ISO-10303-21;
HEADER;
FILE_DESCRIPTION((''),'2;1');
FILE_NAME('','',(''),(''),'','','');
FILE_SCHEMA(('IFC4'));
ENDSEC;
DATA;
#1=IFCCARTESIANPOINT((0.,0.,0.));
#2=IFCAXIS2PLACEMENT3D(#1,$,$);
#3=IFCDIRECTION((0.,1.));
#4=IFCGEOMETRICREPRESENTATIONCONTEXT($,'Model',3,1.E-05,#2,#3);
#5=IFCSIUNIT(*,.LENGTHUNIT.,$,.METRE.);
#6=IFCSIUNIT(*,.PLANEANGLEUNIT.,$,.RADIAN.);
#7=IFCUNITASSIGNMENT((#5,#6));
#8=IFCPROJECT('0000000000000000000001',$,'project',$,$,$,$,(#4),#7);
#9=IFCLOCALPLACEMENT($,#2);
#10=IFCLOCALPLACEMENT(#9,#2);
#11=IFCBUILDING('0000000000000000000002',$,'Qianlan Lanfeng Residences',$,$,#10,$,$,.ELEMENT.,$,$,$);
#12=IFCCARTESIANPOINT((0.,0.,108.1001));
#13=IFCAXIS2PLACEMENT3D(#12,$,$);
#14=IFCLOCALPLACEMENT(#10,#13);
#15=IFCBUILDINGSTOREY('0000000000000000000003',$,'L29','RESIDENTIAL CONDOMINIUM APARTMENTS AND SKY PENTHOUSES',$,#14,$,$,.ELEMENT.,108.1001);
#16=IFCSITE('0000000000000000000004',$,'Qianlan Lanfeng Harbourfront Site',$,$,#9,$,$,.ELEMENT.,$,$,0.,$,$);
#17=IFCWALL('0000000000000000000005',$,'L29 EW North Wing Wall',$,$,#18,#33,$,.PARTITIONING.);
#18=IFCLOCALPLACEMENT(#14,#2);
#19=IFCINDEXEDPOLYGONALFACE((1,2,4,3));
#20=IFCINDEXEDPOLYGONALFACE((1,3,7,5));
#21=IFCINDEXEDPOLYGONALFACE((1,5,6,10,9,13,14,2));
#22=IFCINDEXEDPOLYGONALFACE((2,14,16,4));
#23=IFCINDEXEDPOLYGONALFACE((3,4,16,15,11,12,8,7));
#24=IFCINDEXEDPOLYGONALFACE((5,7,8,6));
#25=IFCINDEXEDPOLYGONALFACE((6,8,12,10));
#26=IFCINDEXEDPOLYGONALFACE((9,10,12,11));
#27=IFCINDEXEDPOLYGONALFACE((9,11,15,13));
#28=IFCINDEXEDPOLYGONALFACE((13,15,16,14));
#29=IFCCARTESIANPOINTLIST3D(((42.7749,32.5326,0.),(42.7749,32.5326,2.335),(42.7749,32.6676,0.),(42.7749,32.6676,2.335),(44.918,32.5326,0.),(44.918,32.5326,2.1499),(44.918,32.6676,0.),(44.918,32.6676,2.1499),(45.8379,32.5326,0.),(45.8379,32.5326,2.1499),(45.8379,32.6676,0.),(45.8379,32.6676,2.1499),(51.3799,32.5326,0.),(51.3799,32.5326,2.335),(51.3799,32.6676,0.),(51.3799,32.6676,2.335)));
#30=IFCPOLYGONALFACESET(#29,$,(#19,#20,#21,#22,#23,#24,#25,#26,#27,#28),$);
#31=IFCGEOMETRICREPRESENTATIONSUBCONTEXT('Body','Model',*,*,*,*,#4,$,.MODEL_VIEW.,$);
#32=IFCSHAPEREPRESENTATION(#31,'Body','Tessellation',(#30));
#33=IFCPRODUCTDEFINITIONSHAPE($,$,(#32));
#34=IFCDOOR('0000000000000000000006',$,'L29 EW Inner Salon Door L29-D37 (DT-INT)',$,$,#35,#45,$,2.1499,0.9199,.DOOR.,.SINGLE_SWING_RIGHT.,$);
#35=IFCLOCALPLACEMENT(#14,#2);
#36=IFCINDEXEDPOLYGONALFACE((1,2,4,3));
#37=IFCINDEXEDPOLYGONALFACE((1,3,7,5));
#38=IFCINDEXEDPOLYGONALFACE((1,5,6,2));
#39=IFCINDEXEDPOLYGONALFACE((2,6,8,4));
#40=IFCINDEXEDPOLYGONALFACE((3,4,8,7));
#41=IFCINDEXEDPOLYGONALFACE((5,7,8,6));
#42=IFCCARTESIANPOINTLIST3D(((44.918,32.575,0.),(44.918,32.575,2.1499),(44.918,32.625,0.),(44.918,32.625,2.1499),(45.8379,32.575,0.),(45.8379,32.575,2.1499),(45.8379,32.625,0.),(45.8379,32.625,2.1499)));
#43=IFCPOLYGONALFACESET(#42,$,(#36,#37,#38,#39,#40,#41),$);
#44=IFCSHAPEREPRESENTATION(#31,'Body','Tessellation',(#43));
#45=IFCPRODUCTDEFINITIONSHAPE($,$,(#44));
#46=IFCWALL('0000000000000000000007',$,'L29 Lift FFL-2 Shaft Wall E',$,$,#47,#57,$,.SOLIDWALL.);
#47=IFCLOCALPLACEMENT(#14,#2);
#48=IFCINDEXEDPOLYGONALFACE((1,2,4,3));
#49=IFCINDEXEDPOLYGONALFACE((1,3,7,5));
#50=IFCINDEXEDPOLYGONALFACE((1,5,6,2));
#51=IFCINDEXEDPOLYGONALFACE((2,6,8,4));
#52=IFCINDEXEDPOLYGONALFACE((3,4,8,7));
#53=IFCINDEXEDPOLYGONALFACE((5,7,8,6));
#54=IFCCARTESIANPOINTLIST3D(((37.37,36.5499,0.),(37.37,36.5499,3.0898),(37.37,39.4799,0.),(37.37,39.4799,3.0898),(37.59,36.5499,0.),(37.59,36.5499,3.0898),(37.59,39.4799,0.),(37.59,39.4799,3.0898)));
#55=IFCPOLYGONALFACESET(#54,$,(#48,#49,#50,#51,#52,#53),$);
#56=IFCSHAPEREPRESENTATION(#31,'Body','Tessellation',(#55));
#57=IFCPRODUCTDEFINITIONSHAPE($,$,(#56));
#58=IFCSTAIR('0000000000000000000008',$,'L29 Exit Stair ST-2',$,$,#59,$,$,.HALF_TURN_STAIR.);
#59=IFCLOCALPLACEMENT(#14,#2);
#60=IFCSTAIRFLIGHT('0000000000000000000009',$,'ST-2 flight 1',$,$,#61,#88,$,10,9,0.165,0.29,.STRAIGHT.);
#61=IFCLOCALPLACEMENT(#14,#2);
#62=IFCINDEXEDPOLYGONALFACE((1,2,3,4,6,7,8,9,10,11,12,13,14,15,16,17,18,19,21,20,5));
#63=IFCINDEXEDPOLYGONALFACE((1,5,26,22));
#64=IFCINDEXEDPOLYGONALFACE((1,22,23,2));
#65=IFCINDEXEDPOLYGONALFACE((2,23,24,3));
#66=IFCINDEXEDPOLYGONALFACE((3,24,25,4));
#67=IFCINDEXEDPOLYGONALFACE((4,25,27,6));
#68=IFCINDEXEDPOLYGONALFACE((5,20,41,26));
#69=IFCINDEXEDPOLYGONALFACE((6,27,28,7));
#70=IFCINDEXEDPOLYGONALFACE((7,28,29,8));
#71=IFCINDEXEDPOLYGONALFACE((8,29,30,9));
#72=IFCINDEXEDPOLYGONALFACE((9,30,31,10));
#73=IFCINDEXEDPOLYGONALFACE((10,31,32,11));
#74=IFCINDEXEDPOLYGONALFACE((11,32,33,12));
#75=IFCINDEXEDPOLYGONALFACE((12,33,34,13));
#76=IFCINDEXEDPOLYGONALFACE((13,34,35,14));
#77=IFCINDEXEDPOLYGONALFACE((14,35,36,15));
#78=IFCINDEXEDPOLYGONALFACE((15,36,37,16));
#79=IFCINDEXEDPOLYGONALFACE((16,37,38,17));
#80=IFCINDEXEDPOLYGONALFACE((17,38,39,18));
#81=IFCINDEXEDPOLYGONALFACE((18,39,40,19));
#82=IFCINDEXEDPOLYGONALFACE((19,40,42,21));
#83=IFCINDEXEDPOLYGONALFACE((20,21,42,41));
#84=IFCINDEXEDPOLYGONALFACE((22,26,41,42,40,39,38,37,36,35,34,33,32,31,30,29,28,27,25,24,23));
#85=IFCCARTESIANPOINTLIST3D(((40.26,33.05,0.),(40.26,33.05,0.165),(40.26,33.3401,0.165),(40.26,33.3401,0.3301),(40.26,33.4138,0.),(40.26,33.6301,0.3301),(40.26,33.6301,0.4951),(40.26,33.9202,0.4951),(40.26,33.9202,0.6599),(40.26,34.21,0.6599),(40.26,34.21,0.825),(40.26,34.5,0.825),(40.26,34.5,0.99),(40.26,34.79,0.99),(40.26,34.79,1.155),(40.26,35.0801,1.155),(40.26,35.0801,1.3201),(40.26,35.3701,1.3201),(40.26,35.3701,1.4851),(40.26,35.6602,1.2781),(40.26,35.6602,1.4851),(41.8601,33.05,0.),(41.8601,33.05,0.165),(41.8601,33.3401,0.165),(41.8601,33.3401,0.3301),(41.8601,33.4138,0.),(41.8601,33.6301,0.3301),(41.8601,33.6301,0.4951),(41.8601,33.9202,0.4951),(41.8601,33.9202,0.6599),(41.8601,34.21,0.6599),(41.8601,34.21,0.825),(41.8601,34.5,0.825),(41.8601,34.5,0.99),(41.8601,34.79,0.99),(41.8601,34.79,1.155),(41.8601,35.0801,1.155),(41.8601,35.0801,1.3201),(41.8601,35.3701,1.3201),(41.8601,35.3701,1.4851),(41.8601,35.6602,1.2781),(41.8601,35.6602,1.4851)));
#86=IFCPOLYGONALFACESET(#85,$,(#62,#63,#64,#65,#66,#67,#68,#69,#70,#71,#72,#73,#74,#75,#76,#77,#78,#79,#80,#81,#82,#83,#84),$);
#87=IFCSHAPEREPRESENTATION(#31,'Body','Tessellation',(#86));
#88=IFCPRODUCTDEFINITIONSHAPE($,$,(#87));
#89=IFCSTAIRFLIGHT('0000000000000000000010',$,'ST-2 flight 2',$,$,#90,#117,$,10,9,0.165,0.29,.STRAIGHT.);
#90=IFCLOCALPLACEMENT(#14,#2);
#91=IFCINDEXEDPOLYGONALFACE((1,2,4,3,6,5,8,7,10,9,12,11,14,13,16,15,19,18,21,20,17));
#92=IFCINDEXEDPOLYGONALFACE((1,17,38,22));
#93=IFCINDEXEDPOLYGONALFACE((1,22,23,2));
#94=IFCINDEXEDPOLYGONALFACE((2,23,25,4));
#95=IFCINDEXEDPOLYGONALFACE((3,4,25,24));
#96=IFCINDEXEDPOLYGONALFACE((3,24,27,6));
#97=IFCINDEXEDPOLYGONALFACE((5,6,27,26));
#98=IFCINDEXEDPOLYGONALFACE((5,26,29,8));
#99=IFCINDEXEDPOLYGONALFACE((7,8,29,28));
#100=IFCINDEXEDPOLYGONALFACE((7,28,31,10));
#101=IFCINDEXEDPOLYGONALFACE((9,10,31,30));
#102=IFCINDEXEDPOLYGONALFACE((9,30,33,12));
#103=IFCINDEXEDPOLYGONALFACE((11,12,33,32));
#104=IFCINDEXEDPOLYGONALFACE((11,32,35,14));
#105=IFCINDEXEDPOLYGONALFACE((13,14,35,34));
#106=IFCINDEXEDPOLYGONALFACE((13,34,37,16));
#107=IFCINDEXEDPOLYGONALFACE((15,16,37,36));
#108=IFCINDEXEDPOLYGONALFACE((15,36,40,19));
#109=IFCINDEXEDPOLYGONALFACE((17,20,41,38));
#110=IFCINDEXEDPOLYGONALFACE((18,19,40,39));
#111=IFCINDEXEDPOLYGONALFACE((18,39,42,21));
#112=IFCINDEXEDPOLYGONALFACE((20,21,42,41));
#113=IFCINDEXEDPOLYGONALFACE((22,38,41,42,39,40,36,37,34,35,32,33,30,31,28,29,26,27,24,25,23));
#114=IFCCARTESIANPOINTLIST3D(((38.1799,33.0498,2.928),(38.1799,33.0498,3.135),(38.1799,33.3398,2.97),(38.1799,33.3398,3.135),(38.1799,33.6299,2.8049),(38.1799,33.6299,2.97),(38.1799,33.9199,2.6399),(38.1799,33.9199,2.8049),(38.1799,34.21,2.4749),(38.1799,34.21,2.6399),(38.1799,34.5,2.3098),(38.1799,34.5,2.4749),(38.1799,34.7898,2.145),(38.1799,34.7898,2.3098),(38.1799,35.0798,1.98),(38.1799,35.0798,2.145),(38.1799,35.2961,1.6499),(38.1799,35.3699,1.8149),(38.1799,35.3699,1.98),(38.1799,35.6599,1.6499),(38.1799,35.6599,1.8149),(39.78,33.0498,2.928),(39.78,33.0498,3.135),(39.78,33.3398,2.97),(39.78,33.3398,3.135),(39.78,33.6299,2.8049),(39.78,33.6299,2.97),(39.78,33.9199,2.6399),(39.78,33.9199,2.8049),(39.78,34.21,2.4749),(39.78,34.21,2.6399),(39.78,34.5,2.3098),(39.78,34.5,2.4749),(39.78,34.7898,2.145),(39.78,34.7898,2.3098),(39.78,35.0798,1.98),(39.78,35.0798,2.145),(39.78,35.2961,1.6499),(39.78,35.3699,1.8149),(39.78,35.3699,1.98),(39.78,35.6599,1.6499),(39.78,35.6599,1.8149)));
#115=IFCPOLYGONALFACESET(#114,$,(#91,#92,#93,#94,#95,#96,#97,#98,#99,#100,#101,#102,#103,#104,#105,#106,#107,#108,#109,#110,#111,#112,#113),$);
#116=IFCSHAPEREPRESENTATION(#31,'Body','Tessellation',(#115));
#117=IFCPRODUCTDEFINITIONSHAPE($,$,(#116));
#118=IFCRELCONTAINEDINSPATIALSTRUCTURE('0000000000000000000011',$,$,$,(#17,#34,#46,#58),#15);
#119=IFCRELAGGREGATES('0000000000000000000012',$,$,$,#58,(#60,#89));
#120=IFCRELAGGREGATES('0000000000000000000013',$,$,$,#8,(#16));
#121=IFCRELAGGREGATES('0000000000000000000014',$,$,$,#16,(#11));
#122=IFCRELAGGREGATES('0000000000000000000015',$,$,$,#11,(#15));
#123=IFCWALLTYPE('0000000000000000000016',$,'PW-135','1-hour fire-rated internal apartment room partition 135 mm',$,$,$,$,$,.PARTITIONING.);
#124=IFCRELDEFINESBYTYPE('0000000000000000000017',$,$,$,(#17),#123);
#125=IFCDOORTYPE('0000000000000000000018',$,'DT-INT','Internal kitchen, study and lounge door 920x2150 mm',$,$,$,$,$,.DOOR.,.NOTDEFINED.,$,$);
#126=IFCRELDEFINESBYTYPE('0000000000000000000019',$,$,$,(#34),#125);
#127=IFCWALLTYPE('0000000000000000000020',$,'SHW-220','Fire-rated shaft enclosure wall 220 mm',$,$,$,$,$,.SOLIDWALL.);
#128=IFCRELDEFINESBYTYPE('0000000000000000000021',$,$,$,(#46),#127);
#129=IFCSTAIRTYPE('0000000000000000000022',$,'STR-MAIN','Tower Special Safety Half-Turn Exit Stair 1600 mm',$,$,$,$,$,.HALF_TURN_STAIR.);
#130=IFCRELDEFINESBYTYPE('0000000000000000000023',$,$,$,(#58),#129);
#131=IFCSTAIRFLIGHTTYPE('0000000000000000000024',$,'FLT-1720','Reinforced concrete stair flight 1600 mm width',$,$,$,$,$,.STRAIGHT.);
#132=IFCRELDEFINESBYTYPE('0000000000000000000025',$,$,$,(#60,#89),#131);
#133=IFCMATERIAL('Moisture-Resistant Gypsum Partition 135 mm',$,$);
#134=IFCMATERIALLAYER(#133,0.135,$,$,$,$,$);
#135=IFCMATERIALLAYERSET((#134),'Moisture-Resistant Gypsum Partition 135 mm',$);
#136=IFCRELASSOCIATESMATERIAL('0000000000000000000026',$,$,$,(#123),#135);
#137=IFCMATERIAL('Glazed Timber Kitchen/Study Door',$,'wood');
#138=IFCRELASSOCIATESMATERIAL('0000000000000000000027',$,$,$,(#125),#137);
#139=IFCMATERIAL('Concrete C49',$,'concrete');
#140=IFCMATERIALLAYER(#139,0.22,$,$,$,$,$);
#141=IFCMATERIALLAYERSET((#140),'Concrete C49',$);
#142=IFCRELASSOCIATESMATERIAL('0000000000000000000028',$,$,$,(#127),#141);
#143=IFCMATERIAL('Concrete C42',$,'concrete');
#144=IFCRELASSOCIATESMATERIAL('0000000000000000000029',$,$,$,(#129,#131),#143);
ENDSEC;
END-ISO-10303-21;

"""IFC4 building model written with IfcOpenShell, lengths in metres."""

from ifc_helpers import new_model, si_unit, direction, frame, frame_2d, origin, place, context, subcontext, project, spatial, polyline, rectangle, outline, extrude, material, layer, layer_set, type_object, element, fill, aggregate, save


model = new_model("IFC4")

# Units and contexts
model_context = context("Model", 3, precision=1e-05, world=origin(), true_north=direction((0.0, 1.0)))
body_context = subcontext(model_context, "Body", "Model", "MODEL_VIEW")
ifc_project = project(units=[si_unit("LENGTHUNIT", "METRE"), si_unit("PLANEANGLEUNIT", "RADIAN")], contexts=[model_context])

# Site, building, storey
site_placement = place(None, origin())
site = spatial("IfcSite", under=ifc_project, at=site_placement, Name="Qianlan Lanfeng Harbourfront Site", CompositionType="ELEMENT", RefElevation=0.0)
building_placement = place(site_placement, origin())
building = spatial("IfcBuilding", under=site, at=building_placement, Name="Qianlan Lanfeng Residences", CompositionType="ELEMENT")
storey_placement = place(building_placement, frame((0.0, 0.0, 108.1001)))
storey = spatial("IfcBuildingStorey", under=building, at=storey_placement, Name="L29", Description="RESIDENTIAL CONDOMINIUM APARTMENTS AND SKY PENTHOUSES", CompositionType="ELEMENT", Elevation=108.1001)

# Shared definitions
ifc_material_1 = material(Name="Concrete C42", Category="concrete")

# Wall, opening, door
ifc_material_2 = material(Name="Moisture-Resistant Gypsum Partition 135 mm")
ifc_layer_1 = layer(ifc_material_2, 0.135)
ifc_layer_set_1 = layer_set([ifc_layer_1], Name="Moisture-Resistant Gypsum Partition 135 mm")
wall_type_1 = type_object("IfcWallType", Name="PW-135", Description="1-hour fire-rated internal apartment room partition 135 mm", PredefinedType="PARTITIONING", material=ifc_layer_set_1)
wall_1_placement = place(storey_placement, frame((42.7749, 32.6001, 0.0), z_axis=(0.0, 0.0, 1.0), x_axis=(1.0, 0.0, 0.0)))
wall_1 = element("IfcWall", 1, at=wall_1_placement, inside=storey, type_object=wall_type_1, Name="L29 EW North Wing Wall", PredefinedType="PARTITIONING", context=body_context, shape_type="SweptSolid", body=[
    extrude(rectangle(XDim=8.605, YDim=0.135, at=frame_2d((4.3025, 0.0))), origin(), (0.0, 0.0, 1.0), 2.335),
])
opening_1_placement = place(wall_1_placement, frame((2.1431, 0.0, 0.0)))
opening_1 = element("IfcOpeningElement", 2, at=opening_1_placement, cuts=wall_1, PredefinedType="OPENING", context=body_context, shape_type="SweptSolid", body=[
    extrude(rectangle(XDim=0.9199, YDim=2.1499, at=frame_2d((0.46, 1.075))), frame((0.0, 0.0776, 0.0), z_axis=(0.0, -1.0, 0.0), x_axis=(1.0, 0.0, 0.0)), (0.0, 0.0, 1.0), 0.155),
])
ifc_material_3 = material(Name="Glazed Timber Kitchen/Study Door", Category="wood")
door_type_1 = type_object("IfcDoorType", Name="DT-INT", Description="Internal kitchen, study and lounge door 920x2150 mm", OperationType="NOTDEFINED", PredefinedType="DOOR", material=ifc_material_3)
door_1_placement = place(opening_1_placement, origin())
door_1 = element("IfcDoor", 3, at=door_1_placement, inside=storey, type_object=door_type_1, Name="L29 EW Inner Salon Door L29-D37 (DT-INT)", OperationType="SINGLE_SWING_RIGHT", OverallHeight=2.1499, OverallWidth=0.9199, PredefinedType="DOOR", context=body_context, shape_type="SweptSolid", body=[
    extrude(rectangle(XDim=0.9199, YDim=2.1499, at=frame_2d((0.46, 1.075))), frame((0.0, 0.0249, 0.0), z_axis=(0.0, -1.0, 0.0), x_axis=(1.0, 0.0, 0.0)), (0.0, 0.0, 1.0), 0.05),
])
fill(opening_1, door_1)

# Wall
ifc_material_4 = material(Name="Concrete C49", Category="concrete")
ifc_layer_2 = layer(ifc_material_4, 0.22)
ifc_layer_set_2 = layer_set([ifc_layer_2], Name="Concrete C49")
wall_type_2 = type_object("IfcWallType", Name="SHW-220", Description="Fire-rated shaft enclosure wall 220 mm", PredefinedType="SOLIDWALL", material=ifc_layer_set_2)
wall_2_placement = place(storey_placement, frame((37.48, 36.55, 0.0), z_axis=(0.0, 0.0, 1.0), x_axis=(0.0, 1.0, 0.0)))
element("IfcWall", 4, at=wall_2_placement, inside=storey, type_object=wall_type_2, Name="L29 Lift FFL-2 Shaft Wall E", PredefinedType="SOLIDWALL", context=body_context, shape_type="SweptSolid", body=[
    extrude(rectangle(XDim=2.9299, YDim=0.22, at=frame_2d((1.4648, 0.0))), origin(), (0.0, 0.0, 1.0), 3.0898),
])

# Stair, stair flights
stair_type = type_object("IfcStairType", Name="STR-MAIN", Description="Tower Special Safety Half-Turn Exit Stair 1600 mm", PredefinedType="HALF_TURN_STAIR", material=ifc_material_1)
stair_placement = place(storey_placement, origin())
stair = element("IfcStair", 5, at=stair_placement, inside=storey, type_object=stair_type, Name="L29 Exit Stair ST-2", PredefinedType="HALF_TURN_STAIR")
stair_flight_type = type_object("IfcStairFlightType", Name="FLT-1720", Description="Reinforced concrete stair flight 1600 mm width", PredefinedType="STRAIGHT", material=ifc_material_1)
stair_flight_1_placement = place(storey_placement, frame((41.0601, 33.05, 0.0), z_axis=(0.0, 0.0, 1.0), x_axis=(0.0, 1.0, 0.0)))
stair_flight_1 = element("IfcStairFlight", 6, at=stair_flight_1_placement, type_object=stair_flight_type, Name="ST-2 flight 1", NumberOfRisers=10, NumberOfTreads=9, PredefinedType="STRAIGHT", RiserHeight=0.165, TreadLength=0.29, context=body_context, shape_type="SweptSolid", body=[
    extrude(outline(polyline([(0.0, 0.0), (0.0, 0.165), (0.29, 0.165), (0.29, 0.3301), (0.5801, 0.3301), (0.5801, 0.4951), (0.8701, 0.4951), (0.8701, 0.6599), (1.1599, 0.6599), (1.1599, 0.825), (1.45, 0.825), (1.45, 0.99), (1.74, 0.99), (1.74, 1.155), (2.03, 1.155), (2.03, 1.3201), (2.3201, 1.3201), (2.3201, 1.4851), (2.6101, 1.4851), (2.6101, 1.6499), (2.6101, 1.2781), (0.3638, 0.0), (0.0, 0.0)])), frame((0.0, 0.8, 0.0), z_axis=(0.0, -1.0, 0.0), x_axis=(1.0, 0.0, 0.0)), (0.0, 0.0, 1.0), 1.6001),
])
stair_flight_2_placement = place(storey_placement, frame((38.98, 35.6599, 1.6499), z_axis=(0.0, 0.0, 1.0), x_axis=(0.0, -1.0, 0.0)))
stair_flight_2 = element("IfcStairFlight", 7, at=stair_flight_2_placement, type_object=stair_flight_type, Name="ST-2 flight 2", NumberOfRisers=10, NumberOfTreads=9, PredefinedType="STRAIGHT", RiserHeight=0.165, TreadLength=0.29, context=body_context, shape_type="SweptSolid", body=[
    extrude(outline(polyline([(0.0, 0.0), (0.0, 0.165), (0.29, 0.165), (0.29, 0.3301), (0.5801, 0.3301), (0.5801, 0.4951), (0.8701, 0.4951), (0.8701, 0.6599), (1.1599, 0.6599), (1.1599, 0.825), (1.45, 0.825), (1.45, 0.99), (1.74, 0.99), (1.74, 1.155), (2.03, 1.155), (2.03, 1.3201), (2.3201, 1.3201), (2.3201, 1.4851), (2.6101, 1.4851), (2.6101, 1.6499), (2.6101, 1.2781), (0.3638, 0.0), (0.0, 0.0)])), frame((0.0, 0.8, 0.0), z_axis=(0.0, -1.0, 0.0), x_axis=(1.0, 0.0, 0.0)), (0.0, 0.0, 1.0), 1.6001),
])
aggregate(stair, [stair_flight_1, stair_flight_2])

save(model, "model.ifc")
